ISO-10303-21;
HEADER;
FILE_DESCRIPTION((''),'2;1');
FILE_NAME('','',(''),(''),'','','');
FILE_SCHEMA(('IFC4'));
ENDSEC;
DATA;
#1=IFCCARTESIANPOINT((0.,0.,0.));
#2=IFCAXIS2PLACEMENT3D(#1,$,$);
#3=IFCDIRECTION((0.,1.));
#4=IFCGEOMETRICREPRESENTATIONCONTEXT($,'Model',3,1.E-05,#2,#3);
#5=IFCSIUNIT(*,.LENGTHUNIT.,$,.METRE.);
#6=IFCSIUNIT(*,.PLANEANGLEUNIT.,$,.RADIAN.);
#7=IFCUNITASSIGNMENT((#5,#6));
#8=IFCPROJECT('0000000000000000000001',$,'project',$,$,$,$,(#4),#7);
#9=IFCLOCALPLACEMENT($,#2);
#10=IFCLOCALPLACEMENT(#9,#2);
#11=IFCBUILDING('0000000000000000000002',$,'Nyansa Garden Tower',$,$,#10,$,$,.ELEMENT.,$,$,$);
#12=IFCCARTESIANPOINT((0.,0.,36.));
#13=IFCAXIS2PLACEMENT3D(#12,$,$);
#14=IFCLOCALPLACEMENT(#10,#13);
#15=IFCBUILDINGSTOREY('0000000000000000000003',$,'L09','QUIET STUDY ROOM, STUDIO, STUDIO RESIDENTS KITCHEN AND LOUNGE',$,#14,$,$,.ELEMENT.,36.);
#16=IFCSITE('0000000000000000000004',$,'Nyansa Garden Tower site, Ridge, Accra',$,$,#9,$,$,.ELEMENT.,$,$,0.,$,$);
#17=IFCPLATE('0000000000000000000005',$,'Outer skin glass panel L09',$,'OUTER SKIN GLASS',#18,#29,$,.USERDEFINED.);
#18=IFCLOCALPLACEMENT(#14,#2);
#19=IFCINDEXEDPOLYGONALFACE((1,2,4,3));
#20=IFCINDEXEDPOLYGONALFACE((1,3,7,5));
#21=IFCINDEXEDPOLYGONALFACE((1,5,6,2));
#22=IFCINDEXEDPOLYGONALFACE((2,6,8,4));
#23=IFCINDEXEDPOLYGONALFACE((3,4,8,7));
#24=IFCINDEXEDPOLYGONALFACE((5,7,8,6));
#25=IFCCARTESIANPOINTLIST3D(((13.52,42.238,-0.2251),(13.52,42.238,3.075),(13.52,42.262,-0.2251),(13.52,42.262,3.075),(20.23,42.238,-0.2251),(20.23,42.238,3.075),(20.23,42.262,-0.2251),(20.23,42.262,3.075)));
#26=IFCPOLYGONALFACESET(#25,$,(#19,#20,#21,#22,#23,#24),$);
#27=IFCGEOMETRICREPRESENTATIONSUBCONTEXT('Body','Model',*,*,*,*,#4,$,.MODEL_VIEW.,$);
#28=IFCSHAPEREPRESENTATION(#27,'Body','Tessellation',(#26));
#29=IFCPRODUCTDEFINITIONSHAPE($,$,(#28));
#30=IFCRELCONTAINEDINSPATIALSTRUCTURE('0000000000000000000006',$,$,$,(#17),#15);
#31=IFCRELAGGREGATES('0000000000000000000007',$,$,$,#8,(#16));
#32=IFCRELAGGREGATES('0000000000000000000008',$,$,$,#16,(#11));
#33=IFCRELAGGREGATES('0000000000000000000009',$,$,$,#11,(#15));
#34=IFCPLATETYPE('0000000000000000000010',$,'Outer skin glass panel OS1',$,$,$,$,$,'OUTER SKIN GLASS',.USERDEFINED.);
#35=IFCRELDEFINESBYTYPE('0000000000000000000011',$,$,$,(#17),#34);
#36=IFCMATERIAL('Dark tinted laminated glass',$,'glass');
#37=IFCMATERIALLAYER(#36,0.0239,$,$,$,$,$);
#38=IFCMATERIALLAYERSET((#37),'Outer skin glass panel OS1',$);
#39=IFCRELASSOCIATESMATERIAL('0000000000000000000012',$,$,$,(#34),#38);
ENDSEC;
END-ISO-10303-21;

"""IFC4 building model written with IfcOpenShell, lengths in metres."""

from ifc_helpers import new_model, si_unit, direction, frame, origin, origin_2d, place, context, subcontext, project, spatial, rectangle, extrude, material, layer, layer_set, type_object, element, save


model = new_model("IFC4")

# Units and contexts
model_context = context("Model", 3, precision=1e-05, world=origin(), true_north=direction((0.0, 1.0)))
body_context = subcontext(model_context, "Body", "Model", "MODEL_VIEW")
ifc_project = project(units=[si_unit("LENGTHUNIT", "METRE"), si_unit("PLANEANGLEUNIT", "RADIAN")], contexts=[model_context])

# Site, building, storey
site_placement = place(None, origin())
site = spatial("IfcSite", under=ifc_project, at=site_placement, Name="Nyansa Garden Tower site, Ridge, Accra", CompositionType="ELEMENT", RefElevation=0.0)
building_placement = place(site_placement, origin())
building = spatial("IfcBuilding", under=site, at=building_placement, Name="Nyansa Garden Tower", CompositionType="ELEMENT")
storey_placement = place(building_placement, frame((0.0, 0.0, 36.0)))
storey = spatial("IfcBuildingStorey", under=building, at=storey_placement, Name="L09", Description="QUIET STUDY ROOM, STUDIO, STUDIO RESIDENTS KITCHEN AND LOUNGE", CompositionType="ELEMENT", Elevation=36.0)

# Plate
ifc_material_1 = material(Name="Dark tinted laminated glass", Category="glass")
ifc_layer_1 = layer(ifc_material_1, 0.0239)
ifc_layer_set_1 = layer_set([ifc_layer_1], Name="Outer skin glass panel OS1")
plate_type_1 = type_object("IfcPlateType", Name="Outer skin glass panel OS1", ElementType="OUTER SKIN GLASS", PredefinedType="USERDEFINED", material=ifc_layer_set_1)
plate_1_placement = place(storey_placement, frame((16.875, 42.25, -0.2251), z_axis=(0.0, 0.0, 1.0), x_axis=(1.0, 0.0, 0.0)))
element("IfcPlate", 1, at=plate_1_placement, inside=storey, type_object=plate_type_1, Name="Outer skin glass panel L09", ObjectType="OUTER SKIN GLASS", PredefinedType="USERDEFINED", context=body_context, shape_type="SweptSolid", body=[
    extrude(rectangle(XDim=6.71, YDim=0.0239, at=origin_2d()), origin(), (0.0, 0.0, 1.0), 3.3),
])

save(model, "model.ifc")
